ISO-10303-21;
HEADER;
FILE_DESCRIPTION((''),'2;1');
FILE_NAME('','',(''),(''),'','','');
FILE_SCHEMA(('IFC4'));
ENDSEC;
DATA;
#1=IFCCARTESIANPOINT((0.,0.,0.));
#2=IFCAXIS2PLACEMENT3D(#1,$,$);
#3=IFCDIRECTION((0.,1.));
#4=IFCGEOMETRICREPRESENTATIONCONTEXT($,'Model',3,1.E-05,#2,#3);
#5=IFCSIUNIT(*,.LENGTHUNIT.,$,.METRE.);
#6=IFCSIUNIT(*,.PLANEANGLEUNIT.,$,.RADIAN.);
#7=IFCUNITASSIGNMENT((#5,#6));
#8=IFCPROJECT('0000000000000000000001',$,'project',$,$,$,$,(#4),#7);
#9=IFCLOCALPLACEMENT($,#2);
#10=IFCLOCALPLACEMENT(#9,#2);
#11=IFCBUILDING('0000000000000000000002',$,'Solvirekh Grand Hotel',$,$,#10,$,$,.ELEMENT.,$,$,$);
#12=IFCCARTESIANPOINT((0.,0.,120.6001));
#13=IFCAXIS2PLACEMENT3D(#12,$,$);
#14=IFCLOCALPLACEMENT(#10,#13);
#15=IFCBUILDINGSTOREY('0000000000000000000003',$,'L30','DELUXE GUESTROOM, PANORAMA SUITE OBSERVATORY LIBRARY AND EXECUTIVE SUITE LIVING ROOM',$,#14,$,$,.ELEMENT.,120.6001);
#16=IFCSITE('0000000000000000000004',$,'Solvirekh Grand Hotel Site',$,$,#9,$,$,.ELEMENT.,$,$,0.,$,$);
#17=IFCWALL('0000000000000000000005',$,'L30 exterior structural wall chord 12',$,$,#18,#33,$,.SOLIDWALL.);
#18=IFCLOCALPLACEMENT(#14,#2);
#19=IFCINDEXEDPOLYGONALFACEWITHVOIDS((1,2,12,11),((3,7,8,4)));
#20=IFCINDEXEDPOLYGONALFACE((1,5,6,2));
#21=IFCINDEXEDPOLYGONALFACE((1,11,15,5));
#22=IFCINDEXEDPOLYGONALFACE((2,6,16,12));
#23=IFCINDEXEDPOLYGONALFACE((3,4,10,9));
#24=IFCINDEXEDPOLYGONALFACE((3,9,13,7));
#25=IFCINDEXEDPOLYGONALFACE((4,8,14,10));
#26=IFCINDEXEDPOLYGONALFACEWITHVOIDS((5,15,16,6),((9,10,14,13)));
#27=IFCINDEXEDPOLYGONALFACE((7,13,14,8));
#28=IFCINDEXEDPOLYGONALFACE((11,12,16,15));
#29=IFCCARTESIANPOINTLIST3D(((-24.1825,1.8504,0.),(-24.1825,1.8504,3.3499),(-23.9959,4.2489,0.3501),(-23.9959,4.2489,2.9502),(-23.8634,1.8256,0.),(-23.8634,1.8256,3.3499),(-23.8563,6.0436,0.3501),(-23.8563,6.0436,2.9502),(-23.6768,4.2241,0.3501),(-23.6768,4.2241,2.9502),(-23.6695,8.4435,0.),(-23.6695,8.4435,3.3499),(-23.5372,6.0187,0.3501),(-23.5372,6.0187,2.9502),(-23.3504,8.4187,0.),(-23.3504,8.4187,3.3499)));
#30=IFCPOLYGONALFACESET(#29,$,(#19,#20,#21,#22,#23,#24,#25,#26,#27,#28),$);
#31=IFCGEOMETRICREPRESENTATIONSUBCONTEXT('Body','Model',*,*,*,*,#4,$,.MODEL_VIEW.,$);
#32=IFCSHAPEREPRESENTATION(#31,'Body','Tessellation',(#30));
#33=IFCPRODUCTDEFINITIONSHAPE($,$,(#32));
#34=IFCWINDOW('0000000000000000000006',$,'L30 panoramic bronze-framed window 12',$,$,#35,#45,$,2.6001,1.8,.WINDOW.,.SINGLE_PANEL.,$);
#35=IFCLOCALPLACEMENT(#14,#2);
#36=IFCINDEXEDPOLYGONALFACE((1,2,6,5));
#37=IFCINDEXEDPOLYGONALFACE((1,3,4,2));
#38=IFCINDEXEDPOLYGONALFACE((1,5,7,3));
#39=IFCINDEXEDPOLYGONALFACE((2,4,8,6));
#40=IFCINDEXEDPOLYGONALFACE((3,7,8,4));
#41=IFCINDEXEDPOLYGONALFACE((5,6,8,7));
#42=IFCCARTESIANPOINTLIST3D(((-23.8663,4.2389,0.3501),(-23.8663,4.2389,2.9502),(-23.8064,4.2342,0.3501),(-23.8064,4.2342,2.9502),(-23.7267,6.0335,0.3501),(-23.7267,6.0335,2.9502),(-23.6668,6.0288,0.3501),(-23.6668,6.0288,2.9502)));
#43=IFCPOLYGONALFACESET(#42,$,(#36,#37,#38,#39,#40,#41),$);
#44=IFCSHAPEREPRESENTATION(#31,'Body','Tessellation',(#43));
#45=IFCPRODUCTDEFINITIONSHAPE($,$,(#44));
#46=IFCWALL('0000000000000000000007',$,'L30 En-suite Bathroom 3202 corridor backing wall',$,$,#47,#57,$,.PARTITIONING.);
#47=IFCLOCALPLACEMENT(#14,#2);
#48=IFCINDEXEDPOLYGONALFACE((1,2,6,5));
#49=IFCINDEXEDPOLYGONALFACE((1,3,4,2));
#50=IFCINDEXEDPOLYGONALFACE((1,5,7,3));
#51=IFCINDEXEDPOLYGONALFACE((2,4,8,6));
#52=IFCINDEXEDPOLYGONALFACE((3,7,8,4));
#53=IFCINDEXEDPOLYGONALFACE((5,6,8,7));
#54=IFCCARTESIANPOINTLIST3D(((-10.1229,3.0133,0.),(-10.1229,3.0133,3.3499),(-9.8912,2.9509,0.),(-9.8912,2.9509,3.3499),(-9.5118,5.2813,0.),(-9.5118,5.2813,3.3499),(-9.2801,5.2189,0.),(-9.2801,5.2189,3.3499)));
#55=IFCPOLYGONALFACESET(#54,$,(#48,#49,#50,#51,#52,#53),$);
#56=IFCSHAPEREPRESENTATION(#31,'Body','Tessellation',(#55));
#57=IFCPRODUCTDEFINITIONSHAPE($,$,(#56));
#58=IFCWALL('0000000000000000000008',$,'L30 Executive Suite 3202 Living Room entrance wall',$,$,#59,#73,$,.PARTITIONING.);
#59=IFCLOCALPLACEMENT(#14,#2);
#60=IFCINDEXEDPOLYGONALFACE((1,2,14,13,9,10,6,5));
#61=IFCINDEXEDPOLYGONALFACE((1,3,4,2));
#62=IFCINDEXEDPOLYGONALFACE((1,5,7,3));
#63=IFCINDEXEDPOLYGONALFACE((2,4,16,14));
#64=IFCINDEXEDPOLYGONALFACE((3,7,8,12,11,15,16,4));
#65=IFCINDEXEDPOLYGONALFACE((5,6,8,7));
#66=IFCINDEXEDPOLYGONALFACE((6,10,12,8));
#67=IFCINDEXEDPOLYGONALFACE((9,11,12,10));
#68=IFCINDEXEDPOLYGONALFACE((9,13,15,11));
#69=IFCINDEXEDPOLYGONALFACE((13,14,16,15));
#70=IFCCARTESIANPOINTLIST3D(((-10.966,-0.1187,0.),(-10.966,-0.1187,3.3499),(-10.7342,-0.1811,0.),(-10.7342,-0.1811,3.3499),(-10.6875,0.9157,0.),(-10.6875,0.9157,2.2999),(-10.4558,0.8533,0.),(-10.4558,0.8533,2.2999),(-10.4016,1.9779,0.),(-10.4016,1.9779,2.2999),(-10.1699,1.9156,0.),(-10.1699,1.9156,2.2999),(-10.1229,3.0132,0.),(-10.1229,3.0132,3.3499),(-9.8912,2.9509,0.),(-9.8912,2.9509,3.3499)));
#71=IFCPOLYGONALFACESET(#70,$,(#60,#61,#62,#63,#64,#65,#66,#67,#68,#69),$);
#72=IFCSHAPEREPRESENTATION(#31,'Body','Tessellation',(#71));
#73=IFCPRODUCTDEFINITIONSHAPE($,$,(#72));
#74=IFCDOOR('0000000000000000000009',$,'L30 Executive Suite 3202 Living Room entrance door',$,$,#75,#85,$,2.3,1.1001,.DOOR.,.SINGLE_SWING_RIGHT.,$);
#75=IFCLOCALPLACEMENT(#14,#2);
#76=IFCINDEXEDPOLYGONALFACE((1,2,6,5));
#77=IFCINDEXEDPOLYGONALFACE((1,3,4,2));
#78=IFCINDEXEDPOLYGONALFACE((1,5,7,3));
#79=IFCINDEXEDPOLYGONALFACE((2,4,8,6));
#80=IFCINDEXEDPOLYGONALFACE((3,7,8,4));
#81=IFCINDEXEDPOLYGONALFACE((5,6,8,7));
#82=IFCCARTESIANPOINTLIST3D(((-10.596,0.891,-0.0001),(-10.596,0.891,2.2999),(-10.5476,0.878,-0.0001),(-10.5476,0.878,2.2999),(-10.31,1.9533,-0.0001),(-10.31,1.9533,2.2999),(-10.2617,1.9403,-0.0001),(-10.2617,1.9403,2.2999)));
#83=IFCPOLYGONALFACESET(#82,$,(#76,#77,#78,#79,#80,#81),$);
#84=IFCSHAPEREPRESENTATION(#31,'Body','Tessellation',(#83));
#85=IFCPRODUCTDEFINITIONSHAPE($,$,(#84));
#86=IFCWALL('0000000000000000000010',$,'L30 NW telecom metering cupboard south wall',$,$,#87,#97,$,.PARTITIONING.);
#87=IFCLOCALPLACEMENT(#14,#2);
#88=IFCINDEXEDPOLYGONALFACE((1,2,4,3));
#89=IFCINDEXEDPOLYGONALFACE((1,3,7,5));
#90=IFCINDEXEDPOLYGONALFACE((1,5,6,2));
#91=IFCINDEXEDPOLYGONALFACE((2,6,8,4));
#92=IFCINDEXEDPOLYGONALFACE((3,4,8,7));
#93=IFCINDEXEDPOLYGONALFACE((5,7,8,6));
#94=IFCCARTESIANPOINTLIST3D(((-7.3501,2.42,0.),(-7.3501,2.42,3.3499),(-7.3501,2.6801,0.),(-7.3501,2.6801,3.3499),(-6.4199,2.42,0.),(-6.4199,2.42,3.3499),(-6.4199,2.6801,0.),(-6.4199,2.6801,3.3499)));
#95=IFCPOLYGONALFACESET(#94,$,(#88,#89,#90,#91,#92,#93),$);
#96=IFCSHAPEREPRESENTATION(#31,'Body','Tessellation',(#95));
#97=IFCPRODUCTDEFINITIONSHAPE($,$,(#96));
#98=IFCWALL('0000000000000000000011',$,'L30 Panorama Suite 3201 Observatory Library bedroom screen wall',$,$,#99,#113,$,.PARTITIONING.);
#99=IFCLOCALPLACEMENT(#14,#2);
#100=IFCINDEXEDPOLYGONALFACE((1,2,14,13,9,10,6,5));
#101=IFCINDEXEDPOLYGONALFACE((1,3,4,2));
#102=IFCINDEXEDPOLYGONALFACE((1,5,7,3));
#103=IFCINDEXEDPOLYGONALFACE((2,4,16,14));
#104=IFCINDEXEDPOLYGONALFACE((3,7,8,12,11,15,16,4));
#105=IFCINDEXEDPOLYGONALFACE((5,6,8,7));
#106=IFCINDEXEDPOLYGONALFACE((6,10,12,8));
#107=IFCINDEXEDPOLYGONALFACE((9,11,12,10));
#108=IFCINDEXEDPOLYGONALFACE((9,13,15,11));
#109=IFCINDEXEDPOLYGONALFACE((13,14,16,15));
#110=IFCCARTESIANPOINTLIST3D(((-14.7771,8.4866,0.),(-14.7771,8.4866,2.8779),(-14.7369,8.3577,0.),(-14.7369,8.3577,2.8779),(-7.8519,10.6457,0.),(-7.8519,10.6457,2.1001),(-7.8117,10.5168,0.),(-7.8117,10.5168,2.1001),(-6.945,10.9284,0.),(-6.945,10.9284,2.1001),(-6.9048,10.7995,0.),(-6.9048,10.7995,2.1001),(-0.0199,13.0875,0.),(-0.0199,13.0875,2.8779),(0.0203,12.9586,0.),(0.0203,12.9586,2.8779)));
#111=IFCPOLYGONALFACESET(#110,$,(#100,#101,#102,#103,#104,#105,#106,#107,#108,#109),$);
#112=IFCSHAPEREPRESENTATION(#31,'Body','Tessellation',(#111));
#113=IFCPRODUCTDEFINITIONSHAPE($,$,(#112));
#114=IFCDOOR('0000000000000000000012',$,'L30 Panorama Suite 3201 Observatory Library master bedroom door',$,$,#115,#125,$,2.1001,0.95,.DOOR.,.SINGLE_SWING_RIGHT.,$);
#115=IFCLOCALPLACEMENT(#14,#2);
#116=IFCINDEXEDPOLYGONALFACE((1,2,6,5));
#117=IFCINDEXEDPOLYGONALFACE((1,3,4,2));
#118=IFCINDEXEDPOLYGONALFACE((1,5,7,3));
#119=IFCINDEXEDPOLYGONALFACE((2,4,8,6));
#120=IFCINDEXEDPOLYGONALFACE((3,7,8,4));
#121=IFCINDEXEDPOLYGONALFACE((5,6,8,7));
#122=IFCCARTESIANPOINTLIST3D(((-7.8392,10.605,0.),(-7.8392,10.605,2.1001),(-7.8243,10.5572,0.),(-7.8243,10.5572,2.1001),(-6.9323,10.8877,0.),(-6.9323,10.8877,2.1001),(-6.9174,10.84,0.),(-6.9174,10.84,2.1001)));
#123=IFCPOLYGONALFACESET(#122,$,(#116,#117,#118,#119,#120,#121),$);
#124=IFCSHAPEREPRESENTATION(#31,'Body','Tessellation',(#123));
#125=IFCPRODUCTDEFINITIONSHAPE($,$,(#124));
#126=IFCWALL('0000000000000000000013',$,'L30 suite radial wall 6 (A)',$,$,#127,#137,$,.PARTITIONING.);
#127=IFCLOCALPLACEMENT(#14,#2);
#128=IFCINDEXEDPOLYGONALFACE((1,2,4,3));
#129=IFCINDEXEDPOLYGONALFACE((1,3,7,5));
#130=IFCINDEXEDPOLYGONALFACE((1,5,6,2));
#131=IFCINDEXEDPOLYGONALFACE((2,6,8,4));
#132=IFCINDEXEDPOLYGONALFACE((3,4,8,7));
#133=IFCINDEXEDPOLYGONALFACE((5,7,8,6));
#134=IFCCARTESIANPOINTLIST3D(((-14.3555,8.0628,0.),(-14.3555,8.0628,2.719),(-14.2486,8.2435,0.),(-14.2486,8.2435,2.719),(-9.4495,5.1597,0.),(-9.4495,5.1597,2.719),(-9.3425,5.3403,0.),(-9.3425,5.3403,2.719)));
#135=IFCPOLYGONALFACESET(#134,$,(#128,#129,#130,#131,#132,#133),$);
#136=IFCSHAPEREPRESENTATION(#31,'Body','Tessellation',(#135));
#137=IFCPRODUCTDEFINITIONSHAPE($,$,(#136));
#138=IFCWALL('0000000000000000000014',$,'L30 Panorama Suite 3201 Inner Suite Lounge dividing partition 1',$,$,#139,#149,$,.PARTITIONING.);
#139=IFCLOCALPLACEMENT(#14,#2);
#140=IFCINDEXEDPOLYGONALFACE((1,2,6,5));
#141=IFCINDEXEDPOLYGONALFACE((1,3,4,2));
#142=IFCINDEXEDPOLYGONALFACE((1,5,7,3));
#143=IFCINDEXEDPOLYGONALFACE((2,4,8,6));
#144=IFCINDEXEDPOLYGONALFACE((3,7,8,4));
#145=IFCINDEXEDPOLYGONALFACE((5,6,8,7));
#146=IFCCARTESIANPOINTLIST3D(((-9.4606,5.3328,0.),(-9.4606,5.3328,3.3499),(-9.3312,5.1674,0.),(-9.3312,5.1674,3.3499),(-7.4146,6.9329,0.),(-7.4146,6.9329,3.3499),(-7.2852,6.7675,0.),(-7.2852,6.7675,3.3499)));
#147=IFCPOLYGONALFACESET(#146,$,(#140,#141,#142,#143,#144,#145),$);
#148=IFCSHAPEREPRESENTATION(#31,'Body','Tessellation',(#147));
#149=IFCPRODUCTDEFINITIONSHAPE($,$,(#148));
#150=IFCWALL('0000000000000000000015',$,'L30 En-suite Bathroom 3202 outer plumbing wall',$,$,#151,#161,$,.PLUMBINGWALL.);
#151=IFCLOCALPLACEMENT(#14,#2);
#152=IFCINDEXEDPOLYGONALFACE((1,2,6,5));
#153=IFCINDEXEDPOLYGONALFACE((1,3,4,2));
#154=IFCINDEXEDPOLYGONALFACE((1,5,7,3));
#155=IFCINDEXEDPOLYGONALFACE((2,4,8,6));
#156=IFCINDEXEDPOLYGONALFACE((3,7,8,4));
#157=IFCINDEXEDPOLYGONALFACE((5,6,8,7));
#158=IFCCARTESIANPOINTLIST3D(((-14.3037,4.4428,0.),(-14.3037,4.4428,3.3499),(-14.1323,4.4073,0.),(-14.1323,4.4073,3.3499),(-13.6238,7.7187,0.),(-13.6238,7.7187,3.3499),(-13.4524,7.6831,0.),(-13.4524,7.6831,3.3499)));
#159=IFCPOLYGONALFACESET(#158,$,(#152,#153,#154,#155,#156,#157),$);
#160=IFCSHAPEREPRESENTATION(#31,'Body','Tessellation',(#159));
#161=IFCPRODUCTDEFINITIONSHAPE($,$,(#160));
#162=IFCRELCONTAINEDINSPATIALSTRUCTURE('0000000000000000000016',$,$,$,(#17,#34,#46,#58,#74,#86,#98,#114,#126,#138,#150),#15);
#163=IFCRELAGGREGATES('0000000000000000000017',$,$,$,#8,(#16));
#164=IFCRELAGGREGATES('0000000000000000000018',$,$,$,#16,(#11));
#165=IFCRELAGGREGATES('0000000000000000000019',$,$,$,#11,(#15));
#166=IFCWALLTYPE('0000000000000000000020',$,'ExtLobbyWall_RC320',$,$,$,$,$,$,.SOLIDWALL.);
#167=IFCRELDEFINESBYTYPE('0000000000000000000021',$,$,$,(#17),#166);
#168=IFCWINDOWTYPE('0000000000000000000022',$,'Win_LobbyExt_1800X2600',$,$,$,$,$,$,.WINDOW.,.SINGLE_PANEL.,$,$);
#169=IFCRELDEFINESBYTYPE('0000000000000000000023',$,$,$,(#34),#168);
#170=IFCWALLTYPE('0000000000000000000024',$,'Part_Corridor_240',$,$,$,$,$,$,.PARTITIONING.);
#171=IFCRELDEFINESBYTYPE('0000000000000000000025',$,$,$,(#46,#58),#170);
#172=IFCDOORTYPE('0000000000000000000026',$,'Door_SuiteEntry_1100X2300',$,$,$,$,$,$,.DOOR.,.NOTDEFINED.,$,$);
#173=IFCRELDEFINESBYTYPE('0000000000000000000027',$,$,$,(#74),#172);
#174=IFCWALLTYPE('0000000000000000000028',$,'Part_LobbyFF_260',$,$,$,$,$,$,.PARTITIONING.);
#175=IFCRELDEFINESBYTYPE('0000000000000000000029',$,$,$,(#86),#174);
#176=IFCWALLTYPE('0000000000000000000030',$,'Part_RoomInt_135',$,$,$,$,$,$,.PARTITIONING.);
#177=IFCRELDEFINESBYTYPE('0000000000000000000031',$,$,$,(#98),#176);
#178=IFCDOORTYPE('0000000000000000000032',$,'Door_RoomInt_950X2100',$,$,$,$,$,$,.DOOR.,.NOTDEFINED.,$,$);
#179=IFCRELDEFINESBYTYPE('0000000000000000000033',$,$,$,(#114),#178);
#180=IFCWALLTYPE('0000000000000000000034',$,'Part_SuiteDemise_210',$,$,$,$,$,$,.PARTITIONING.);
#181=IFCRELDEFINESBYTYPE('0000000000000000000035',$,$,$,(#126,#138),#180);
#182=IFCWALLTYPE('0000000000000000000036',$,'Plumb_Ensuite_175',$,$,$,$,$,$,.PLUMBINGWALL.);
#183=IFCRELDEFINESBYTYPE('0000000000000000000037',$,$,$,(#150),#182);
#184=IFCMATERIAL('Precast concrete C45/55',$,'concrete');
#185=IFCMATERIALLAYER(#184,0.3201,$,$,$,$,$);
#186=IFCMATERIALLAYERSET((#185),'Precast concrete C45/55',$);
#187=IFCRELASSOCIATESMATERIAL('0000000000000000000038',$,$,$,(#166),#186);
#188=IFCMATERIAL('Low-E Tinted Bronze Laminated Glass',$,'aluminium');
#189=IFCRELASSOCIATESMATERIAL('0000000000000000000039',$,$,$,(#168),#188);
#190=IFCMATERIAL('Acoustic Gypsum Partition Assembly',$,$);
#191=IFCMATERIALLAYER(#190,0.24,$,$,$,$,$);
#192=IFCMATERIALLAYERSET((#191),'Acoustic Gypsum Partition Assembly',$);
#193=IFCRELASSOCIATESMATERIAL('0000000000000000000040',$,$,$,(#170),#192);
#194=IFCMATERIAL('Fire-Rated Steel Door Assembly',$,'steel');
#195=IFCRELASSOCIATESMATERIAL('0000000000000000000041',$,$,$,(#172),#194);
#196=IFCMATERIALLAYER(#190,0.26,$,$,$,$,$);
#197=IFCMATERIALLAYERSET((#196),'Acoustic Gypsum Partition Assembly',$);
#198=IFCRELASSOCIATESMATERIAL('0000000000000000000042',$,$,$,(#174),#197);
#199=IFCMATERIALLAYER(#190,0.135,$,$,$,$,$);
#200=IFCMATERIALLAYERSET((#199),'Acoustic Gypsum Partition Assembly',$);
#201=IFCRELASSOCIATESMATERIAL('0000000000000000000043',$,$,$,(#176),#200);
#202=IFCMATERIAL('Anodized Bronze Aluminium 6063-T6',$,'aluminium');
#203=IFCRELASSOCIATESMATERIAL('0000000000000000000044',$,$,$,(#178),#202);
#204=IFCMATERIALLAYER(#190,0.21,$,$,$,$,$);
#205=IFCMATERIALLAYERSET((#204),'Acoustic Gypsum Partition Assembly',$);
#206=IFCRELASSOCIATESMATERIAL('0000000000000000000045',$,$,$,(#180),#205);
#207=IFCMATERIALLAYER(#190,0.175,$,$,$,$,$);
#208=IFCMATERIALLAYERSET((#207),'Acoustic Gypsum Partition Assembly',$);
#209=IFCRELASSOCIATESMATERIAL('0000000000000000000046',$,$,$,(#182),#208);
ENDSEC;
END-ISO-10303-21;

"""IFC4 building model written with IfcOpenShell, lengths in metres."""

from ifc_helpers import new_model, si_unit, direction, frame, frame_2d, origin, place, context, subcontext, project, spatial, rectangle, extrude, material, layer, layer_set, type_object, element, fill, save


model = new_model("IFC4")

# Units and contexts
model_context = context("Model", 3, precision=1e-05, world=origin(), true_north=direction((0.0, 1.0)))
body_context = subcontext(model_context, "Body", "Model", "MODEL_VIEW")
ifc_project = project(units=[si_unit("LENGTHUNIT", "METRE"), si_unit("PLANEANGLEUNIT", "RADIAN")], contexts=[model_context])

# Site, building, storey
site_placement = place(None, origin())
site = spatial("IfcSite", under=ifc_project, at=site_placement, Name="Solvirekh Grand Hotel Site", CompositionType="ELEMENT", RefElevation=0.0)
building_placement = place(site_placement, origin())
building = spatial("IfcBuilding", under=site, at=building_placement, Name="Solvirekh Grand Hotel", CompositionType="ELEMENT")
storey_placement = place(building_placement, frame((0.0, 0.0, 120.6001)))
storey = spatial("IfcBuildingStorey", under=building, at=storey_placement, Name="L30", Description="DELUXE GUESTROOM, PANORAMA SUITE OBSERVATORY LIBRARY AND EXECUTIVE SUITE LIVING ROOM", CompositionType="ELEMENT", Elevation=120.6001)

# Shared definitions
ifc_material_1 = material(Name="Anodized Bronze Aluminium 6063-T6", Category="aluminium")

# Wall, opening, window
ifc_material_2 = material(Name="Precast concrete C45/55", Category="concrete")
ifc_layer_1 = layer(ifc_material_2, 0.3201)
ifc_layer_set_1 = layer_set([ifc_layer_1], Name="Precast concrete C45/55")
wall_type_1 = type_object("IfcWallType", Name="ExtLobbyWall_RC320", PredefinedType="SOLIDWALL", material=ifc_layer_set_1)
wall_1_placement = place(storey_placement, frame((-24.0229, 1.8379, 0.0), z_axis=(0.0, 0.0, 1.0), x_axis=(0.077566, 0.996987, 0.0)))
wall_1 = element("IfcWall", 1, at=wall_1_placement, inside=storey, type_object=wall_type_1, Name="L30 exterior structural wall chord 12", PredefinedType="SOLIDWALL", context=body_context, shape_type="SweptSolid", body=[
    extrude(rectangle(XDim=6.613, YDim=0.3201, at=frame_2d((3.3066, 0.0))), origin(), (0.0, 0.0, 1.0), 3.3499),
])
opening_1_placement = place(wall_1_placement, frame((2.406, 0.0, 0.3501)))
opening_1 = element("IfcOpeningElement", 2, at=opening_1_placement, cuts=wall_1, PredefinedType="OPENING", context=body_context, shape_type="SweptSolid", body=[
    extrude(rectangle(XDim=1.8, YDim=2.6001, at=frame_2d((0.8999, 1.3))), frame((0.0, 0.1699, 0.0), z_axis=(0.0, -1.0, 0.0), x_axis=(1.0, 0.0, 0.0)), (0.0, 0.0, 1.0), 0.3401),
])
ifc_material_3 = material(Name="Low-E Tinted Bronze Laminated Glass", Category="aluminium")
window_type = type_object("IfcWindowType", Name="Win_LobbyExt_1800X2600", PartitioningType="SINGLE_PANEL", PredefinedType="WINDOW", material=ifc_material_3)
window_placement = place(opening_1_placement, origin())
window = element("IfcWindow", 3, at=window_placement, inside=storey, type_object=window_type, Name="L30 panoramic bronze-framed window 12", OverallHeight=2.6001, OverallWidth=1.8, PartitioningType="SINGLE_PANEL", PredefinedType="WINDOW", context=body_context, shape_type="SweptSolid", body=[
    extrude(rectangle(XDim=1.8, YDim=2.6001, at=frame_2d((0.8999, 1.3))), frame((0.0, 0.03, 0.0), z_axis=(0.0, -1.0, 0.0), x_axis=(1.0, 0.0, 0.0)), (0.0, 0.0, 1.0), 0.0601),
])
fill(opening_1, window)

# Wall
ifc_material_4 = material(Name="Acoustic Gypsum Partition Assembly")
ifc_layer_2 = layer(ifc_material_4, 0.24)
ifc_layer_set_2 = layer_set([ifc_layer_2], Name="Acoustic Gypsum Partition Assembly")
wall_type_2 = type_object("IfcWallType", Name="Part_Corridor_240", PredefinedType="PARTITIONING", material=ifc_layer_set_2)
wall_2_placement = place(storey_placement, frame((-9.396, 5.25, 0.0), z_axis=(0.0, 0.0, 1.0), x_axis=(-0.260152, -0.965568, 0.0)))
element("IfcWall", 4, at=wall_2_placement, inside=storey, type_object=wall_type_2, Name="L30 En-suite Bathroom 3202 corridor backing wall", PredefinedType="PARTITIONING", context=body_context, shape_type="SweptSolid", body=[
    extrude(rectangle(XDim=2.3489, YDim=0.24, at=frame_2d((1.1743, 0.0))), origin(), (0.0, 0.0, 1.0), 3.3499),
])

# Wall, opening, door
wall_3_placement = place(storey_placement, frame((-10.0071, 2.9819, 0.0), z_axis=(0.0, 0.0, 1.0), x_axis=(-0.259925, -0.965629, 0.0)))
wall_3 = element("IfcWall", 5, at=wall_3_placement, inside=storey, type_object=wall_type_2, Name="L30 Executive Suite 3202 Living Room entrance wall", PredefinedType="PARTITIONING", context=body_context, shape_type="SweptSolid", body=[
    extrude(rectangle(XDim=3.2434, YDim=0.24, at=frame_2d((1.6216, 0.0))), origin(), (0.0, 0.0, 1.0), 3.3499),
])
opening_2_placement = place(wall_3_placement, frame((1.072, 0.0, 0.0)))
opening_2 = element("IfcOpeningElement", 6, at=opening_2_placement, cuts=wall_3, PredefinedType="OPENING", context=body_context, shape_type="SweptSolid", body=[
    extrude(rectangle(XDim=1.1001, YDim=2.3, at=frame_2d((0.55, 1.1499))), frame((0.0, 0.1299, 0.0), z_axis=(0.0, -1.0, 0.0), x_axis=(1.0, 0.0, 0.0)), (0.0, 0.0, 1.0), 0.26),
])
ifc_material_5 = material(Name="Fire-Rated Steel Door Assembly", Category="steel")
door_type_1 = type_object("IfcDoorType", Name="Door_SuiteEntry_1100X2300", OperationType="NOTDEFINED", PredefinedType="DOOR", material=ifc_material_5)
door_1_placement = place(opening_2_placement, origin())
door_1 = element("IfcDoor", 7, at=door_1_placement, inside=storey, type_object=door_type_1, Name="L30 Executive Suite 3202 Living Room entrance door", OperationType="SINGLE_SWING_RIGHT", OverallHeight=2.3, OverallWidth=1.1001, PredefinedType="DOOR", context=body_context, shape_type="SweptSolid", body=[
    extrude(rectangle(XDim=1.1001, YDim=2.3, at=frame_2d((0.55, 1.1499))), frame((0.0, 0.0249, 0.0), z_axis=(0.0, -1.0, 0.0), x_axis=(1.0, 0.0, 0.0)), (0.0, 0.0, 1.0), 0.05),
])
fill(opening_2, door_1)

# Wall
ifc_layer_3 = layer(ifc_material_4, 0.26)
ifc_layer_set_3 = layer_set([ifc_layer_3], Name="Acoustic Gypsum Partition Assembly")
wall_type_3 = type_object("IfcWallType", Name="Part_LobbyFF_260", PredefinedType="PARTITIONING", material=ifc_layer_set_3)
wall_4_placement = place(storey_placement, frame((-7.3501, 2.55, 0.0), z_axis=(0.0, 0.0, 1.0), x_axis=(1.0, 0.0, 0.0)))
element("IfcWall", 8, at=wall_4_placement, inside=storey, type_object=wall_type_3, Name="L30 NW telecom metering cupboard south wall", PredefinedType="PARTITIONING", context=body_context, shape_type="SweptSolid", body=[
    extrude(rectangle(XDim=0.9302, YDim=0.26, at=frame_2d((0.4651, 0.0))), origin(), (0.0, 0.0, 1.0), 3.3499),
])

# Wall, opening, door
ifc_layer_4 = layer(ifc_material_4, 0.135)
ifc_layer_set_4 = layer_set([ifc_layer_4], Name="Acoustic Gypsum Partition Assembly")
wall_type_4 = type_object("IfcWallType", Name="Part_RoomInt_135", PredefinedType="PARTITIONING", material=ifc_layer_set_4)
wall_5_placement = place(storey_placement, frame((-14.7571, 8.4221, 0.0), z_axis=(0.0, 0.0, 1.0), x_axis=(0.954678, 0.297641, 0.0)))
wall_5 = element("IfcWall", 9, at=wall_5_placement, inside=storey, type_object=wall_type_4, Name="L30 Panorama Suite 3201 Observatory Library bedroom screen wall", PredefinedType="PARTITIONING", context=body_context, shape_type="SweptSolid", body=[
    extrude(rectangle(XDim=15.4578, YDim=0.135, at=frame_2d((7.729, 0.0))), origin(), (0.0, 0.0, 1.0), 2.8779),
])
opening_3_placement = place(wall_5_placement, frame((7.2539, 0.0, 0.0)))
opening_3 = element("IfcOpeningElement", 10, at=opening_3_placement, cuts=wall_5, PredefinedType="OPENING", context=body_context, shape_type="SweptSolid", body=[
    extrude(rectangle(XDim=0.95, YDim=2.1001, at=frame_2d((0.4751, 1.05))), frame((0.0, 0.0776, 0.0), z_axis=(0.0, -1.0, 0.0), x_axis=(1.0, 0.0, 0.0)), (0.0, 0.0, 1.0), 0.155),
])
door_type_2 = type_object("IfcDoorType", Name="Door_RoomInt_950X2100", OperationType="NOTDEFINED", PredefinedType="DOOR", material=ifc_material_1)
door_2_placement = place(opening_3_placement, origin())
door_2 = element("IfcDoor", 11, at=door_2_placement, inside=storey, type_object=door_type_2, Name="L30 Panorama Suite 3201 Observatory Library master bedroom door", OperationType="SINGLE_SWING_RIGHT", OverallHeight=2.1001, OverallWidth=0.95, PredefinedType="DOOR", context=body_context, shape_type="SweptSolid", body=[
    extrude(rectangle(XDim=0.95, YDim=2.1001, at=frame_2d((0.4751, 1.05))), frame((0.0, 0.0249, 0.0), z_axis=(0.0, -1.0, 0.0), x_axis=(1.0, 0.0, 0.0)), (0.0, 0.0, 1.0), 0.05),
])
fill(opening_3, door_2)

# Walls
ifc_layer_5 = layer(ifc_material_4, 0.21)
ifc_layer_set_5 = layer_set([ifc_layer_5], Name="Acoustic Gypsum Partition Assembly")
wall_type_5 = type_object("IfcWallType", Name="Part_SuiteDemise_210", PredefinedType="PARTITIONING", material=ifc_layer_set_5)
wall_6_placement = place(storey_placement, frame((-9.396, 5.25, 0.0), z_axis=(0.0, 0.0, 1.0), x_axis=(-0.860613, 0.509259, 0.0)))
element("IfcWall", 12, at=wall_6_placement, inside=storey, type_object=wall_type_5, Name="L30 suite radial wall 6 (A)", PredefinedType="PARTITIONING", context=body_context, shape_type="SweptSolid", body=[
    extrude(rectangle(XDim=5.7007, YDim=0.21, at=frame_2d((2.8503, 0.0))), origin(), (0.0, 0.0, 1.0), 2.719),
])
wall_7_placement = place(storey_placement, frame((-9.396, 5.25, 0.0), z_axis=(0.0, 0.0, 1.0), x_axis=(0.787699, 0.61606, 0.0)))
element("IfcWall", 13, at=wall_7_placement, inside=storey, type_object=wall_type_5, Name="L30 Panorama Suite 3201 Inner Suite Lounge dividing partition 1", PredefinedType="PARTITIONING", context=body_context, shape_type="SweptSolid", body=[
    extrude(rectangle(XDim=2.5974, YDim=0.21, at=frame_2d((1.2988, 0.0))), origin(), (0.0, 0.0, 1.0), 3.3499),
])
ifc_layer_6 = layer(ifc_material_4, 0.175)
ifc_layer_set_6 = layer_set([ifc_layer_6], Name="Acoustic Gypsum Partition Assembly")
wall_type_6 = type_object("IfcWallType", Name="Plumb_Ensuite_175", PredefinedType="PLUMBINGWALL", material=ifc_layer_set_6)
wall_8_placement = place(storey_placement, frame((-13.5381, 7.7009, 0.0), z_axis=(0.0, 0.0, 1.0), x_axis=(-0.203226, -0.979132, 0.0)))
element("IfcWall", 14, at=wall_8_placement, inside=storey, type_object=wall_type_6, Name="L30 En-suite Bathroom 3202 outer plumbing wall", PredefinedType="PLUMBINGWALL", context=body_context, shape_type="SweptSolid", body=[
    extrude(rectangle(XDim=3.3457, YDim=0.175, at=frame_2d((1.6729, 0.0))), origin(), (0.0, 0.0, 1.0), 3.3499),
])

save(model, "model.ifc")
